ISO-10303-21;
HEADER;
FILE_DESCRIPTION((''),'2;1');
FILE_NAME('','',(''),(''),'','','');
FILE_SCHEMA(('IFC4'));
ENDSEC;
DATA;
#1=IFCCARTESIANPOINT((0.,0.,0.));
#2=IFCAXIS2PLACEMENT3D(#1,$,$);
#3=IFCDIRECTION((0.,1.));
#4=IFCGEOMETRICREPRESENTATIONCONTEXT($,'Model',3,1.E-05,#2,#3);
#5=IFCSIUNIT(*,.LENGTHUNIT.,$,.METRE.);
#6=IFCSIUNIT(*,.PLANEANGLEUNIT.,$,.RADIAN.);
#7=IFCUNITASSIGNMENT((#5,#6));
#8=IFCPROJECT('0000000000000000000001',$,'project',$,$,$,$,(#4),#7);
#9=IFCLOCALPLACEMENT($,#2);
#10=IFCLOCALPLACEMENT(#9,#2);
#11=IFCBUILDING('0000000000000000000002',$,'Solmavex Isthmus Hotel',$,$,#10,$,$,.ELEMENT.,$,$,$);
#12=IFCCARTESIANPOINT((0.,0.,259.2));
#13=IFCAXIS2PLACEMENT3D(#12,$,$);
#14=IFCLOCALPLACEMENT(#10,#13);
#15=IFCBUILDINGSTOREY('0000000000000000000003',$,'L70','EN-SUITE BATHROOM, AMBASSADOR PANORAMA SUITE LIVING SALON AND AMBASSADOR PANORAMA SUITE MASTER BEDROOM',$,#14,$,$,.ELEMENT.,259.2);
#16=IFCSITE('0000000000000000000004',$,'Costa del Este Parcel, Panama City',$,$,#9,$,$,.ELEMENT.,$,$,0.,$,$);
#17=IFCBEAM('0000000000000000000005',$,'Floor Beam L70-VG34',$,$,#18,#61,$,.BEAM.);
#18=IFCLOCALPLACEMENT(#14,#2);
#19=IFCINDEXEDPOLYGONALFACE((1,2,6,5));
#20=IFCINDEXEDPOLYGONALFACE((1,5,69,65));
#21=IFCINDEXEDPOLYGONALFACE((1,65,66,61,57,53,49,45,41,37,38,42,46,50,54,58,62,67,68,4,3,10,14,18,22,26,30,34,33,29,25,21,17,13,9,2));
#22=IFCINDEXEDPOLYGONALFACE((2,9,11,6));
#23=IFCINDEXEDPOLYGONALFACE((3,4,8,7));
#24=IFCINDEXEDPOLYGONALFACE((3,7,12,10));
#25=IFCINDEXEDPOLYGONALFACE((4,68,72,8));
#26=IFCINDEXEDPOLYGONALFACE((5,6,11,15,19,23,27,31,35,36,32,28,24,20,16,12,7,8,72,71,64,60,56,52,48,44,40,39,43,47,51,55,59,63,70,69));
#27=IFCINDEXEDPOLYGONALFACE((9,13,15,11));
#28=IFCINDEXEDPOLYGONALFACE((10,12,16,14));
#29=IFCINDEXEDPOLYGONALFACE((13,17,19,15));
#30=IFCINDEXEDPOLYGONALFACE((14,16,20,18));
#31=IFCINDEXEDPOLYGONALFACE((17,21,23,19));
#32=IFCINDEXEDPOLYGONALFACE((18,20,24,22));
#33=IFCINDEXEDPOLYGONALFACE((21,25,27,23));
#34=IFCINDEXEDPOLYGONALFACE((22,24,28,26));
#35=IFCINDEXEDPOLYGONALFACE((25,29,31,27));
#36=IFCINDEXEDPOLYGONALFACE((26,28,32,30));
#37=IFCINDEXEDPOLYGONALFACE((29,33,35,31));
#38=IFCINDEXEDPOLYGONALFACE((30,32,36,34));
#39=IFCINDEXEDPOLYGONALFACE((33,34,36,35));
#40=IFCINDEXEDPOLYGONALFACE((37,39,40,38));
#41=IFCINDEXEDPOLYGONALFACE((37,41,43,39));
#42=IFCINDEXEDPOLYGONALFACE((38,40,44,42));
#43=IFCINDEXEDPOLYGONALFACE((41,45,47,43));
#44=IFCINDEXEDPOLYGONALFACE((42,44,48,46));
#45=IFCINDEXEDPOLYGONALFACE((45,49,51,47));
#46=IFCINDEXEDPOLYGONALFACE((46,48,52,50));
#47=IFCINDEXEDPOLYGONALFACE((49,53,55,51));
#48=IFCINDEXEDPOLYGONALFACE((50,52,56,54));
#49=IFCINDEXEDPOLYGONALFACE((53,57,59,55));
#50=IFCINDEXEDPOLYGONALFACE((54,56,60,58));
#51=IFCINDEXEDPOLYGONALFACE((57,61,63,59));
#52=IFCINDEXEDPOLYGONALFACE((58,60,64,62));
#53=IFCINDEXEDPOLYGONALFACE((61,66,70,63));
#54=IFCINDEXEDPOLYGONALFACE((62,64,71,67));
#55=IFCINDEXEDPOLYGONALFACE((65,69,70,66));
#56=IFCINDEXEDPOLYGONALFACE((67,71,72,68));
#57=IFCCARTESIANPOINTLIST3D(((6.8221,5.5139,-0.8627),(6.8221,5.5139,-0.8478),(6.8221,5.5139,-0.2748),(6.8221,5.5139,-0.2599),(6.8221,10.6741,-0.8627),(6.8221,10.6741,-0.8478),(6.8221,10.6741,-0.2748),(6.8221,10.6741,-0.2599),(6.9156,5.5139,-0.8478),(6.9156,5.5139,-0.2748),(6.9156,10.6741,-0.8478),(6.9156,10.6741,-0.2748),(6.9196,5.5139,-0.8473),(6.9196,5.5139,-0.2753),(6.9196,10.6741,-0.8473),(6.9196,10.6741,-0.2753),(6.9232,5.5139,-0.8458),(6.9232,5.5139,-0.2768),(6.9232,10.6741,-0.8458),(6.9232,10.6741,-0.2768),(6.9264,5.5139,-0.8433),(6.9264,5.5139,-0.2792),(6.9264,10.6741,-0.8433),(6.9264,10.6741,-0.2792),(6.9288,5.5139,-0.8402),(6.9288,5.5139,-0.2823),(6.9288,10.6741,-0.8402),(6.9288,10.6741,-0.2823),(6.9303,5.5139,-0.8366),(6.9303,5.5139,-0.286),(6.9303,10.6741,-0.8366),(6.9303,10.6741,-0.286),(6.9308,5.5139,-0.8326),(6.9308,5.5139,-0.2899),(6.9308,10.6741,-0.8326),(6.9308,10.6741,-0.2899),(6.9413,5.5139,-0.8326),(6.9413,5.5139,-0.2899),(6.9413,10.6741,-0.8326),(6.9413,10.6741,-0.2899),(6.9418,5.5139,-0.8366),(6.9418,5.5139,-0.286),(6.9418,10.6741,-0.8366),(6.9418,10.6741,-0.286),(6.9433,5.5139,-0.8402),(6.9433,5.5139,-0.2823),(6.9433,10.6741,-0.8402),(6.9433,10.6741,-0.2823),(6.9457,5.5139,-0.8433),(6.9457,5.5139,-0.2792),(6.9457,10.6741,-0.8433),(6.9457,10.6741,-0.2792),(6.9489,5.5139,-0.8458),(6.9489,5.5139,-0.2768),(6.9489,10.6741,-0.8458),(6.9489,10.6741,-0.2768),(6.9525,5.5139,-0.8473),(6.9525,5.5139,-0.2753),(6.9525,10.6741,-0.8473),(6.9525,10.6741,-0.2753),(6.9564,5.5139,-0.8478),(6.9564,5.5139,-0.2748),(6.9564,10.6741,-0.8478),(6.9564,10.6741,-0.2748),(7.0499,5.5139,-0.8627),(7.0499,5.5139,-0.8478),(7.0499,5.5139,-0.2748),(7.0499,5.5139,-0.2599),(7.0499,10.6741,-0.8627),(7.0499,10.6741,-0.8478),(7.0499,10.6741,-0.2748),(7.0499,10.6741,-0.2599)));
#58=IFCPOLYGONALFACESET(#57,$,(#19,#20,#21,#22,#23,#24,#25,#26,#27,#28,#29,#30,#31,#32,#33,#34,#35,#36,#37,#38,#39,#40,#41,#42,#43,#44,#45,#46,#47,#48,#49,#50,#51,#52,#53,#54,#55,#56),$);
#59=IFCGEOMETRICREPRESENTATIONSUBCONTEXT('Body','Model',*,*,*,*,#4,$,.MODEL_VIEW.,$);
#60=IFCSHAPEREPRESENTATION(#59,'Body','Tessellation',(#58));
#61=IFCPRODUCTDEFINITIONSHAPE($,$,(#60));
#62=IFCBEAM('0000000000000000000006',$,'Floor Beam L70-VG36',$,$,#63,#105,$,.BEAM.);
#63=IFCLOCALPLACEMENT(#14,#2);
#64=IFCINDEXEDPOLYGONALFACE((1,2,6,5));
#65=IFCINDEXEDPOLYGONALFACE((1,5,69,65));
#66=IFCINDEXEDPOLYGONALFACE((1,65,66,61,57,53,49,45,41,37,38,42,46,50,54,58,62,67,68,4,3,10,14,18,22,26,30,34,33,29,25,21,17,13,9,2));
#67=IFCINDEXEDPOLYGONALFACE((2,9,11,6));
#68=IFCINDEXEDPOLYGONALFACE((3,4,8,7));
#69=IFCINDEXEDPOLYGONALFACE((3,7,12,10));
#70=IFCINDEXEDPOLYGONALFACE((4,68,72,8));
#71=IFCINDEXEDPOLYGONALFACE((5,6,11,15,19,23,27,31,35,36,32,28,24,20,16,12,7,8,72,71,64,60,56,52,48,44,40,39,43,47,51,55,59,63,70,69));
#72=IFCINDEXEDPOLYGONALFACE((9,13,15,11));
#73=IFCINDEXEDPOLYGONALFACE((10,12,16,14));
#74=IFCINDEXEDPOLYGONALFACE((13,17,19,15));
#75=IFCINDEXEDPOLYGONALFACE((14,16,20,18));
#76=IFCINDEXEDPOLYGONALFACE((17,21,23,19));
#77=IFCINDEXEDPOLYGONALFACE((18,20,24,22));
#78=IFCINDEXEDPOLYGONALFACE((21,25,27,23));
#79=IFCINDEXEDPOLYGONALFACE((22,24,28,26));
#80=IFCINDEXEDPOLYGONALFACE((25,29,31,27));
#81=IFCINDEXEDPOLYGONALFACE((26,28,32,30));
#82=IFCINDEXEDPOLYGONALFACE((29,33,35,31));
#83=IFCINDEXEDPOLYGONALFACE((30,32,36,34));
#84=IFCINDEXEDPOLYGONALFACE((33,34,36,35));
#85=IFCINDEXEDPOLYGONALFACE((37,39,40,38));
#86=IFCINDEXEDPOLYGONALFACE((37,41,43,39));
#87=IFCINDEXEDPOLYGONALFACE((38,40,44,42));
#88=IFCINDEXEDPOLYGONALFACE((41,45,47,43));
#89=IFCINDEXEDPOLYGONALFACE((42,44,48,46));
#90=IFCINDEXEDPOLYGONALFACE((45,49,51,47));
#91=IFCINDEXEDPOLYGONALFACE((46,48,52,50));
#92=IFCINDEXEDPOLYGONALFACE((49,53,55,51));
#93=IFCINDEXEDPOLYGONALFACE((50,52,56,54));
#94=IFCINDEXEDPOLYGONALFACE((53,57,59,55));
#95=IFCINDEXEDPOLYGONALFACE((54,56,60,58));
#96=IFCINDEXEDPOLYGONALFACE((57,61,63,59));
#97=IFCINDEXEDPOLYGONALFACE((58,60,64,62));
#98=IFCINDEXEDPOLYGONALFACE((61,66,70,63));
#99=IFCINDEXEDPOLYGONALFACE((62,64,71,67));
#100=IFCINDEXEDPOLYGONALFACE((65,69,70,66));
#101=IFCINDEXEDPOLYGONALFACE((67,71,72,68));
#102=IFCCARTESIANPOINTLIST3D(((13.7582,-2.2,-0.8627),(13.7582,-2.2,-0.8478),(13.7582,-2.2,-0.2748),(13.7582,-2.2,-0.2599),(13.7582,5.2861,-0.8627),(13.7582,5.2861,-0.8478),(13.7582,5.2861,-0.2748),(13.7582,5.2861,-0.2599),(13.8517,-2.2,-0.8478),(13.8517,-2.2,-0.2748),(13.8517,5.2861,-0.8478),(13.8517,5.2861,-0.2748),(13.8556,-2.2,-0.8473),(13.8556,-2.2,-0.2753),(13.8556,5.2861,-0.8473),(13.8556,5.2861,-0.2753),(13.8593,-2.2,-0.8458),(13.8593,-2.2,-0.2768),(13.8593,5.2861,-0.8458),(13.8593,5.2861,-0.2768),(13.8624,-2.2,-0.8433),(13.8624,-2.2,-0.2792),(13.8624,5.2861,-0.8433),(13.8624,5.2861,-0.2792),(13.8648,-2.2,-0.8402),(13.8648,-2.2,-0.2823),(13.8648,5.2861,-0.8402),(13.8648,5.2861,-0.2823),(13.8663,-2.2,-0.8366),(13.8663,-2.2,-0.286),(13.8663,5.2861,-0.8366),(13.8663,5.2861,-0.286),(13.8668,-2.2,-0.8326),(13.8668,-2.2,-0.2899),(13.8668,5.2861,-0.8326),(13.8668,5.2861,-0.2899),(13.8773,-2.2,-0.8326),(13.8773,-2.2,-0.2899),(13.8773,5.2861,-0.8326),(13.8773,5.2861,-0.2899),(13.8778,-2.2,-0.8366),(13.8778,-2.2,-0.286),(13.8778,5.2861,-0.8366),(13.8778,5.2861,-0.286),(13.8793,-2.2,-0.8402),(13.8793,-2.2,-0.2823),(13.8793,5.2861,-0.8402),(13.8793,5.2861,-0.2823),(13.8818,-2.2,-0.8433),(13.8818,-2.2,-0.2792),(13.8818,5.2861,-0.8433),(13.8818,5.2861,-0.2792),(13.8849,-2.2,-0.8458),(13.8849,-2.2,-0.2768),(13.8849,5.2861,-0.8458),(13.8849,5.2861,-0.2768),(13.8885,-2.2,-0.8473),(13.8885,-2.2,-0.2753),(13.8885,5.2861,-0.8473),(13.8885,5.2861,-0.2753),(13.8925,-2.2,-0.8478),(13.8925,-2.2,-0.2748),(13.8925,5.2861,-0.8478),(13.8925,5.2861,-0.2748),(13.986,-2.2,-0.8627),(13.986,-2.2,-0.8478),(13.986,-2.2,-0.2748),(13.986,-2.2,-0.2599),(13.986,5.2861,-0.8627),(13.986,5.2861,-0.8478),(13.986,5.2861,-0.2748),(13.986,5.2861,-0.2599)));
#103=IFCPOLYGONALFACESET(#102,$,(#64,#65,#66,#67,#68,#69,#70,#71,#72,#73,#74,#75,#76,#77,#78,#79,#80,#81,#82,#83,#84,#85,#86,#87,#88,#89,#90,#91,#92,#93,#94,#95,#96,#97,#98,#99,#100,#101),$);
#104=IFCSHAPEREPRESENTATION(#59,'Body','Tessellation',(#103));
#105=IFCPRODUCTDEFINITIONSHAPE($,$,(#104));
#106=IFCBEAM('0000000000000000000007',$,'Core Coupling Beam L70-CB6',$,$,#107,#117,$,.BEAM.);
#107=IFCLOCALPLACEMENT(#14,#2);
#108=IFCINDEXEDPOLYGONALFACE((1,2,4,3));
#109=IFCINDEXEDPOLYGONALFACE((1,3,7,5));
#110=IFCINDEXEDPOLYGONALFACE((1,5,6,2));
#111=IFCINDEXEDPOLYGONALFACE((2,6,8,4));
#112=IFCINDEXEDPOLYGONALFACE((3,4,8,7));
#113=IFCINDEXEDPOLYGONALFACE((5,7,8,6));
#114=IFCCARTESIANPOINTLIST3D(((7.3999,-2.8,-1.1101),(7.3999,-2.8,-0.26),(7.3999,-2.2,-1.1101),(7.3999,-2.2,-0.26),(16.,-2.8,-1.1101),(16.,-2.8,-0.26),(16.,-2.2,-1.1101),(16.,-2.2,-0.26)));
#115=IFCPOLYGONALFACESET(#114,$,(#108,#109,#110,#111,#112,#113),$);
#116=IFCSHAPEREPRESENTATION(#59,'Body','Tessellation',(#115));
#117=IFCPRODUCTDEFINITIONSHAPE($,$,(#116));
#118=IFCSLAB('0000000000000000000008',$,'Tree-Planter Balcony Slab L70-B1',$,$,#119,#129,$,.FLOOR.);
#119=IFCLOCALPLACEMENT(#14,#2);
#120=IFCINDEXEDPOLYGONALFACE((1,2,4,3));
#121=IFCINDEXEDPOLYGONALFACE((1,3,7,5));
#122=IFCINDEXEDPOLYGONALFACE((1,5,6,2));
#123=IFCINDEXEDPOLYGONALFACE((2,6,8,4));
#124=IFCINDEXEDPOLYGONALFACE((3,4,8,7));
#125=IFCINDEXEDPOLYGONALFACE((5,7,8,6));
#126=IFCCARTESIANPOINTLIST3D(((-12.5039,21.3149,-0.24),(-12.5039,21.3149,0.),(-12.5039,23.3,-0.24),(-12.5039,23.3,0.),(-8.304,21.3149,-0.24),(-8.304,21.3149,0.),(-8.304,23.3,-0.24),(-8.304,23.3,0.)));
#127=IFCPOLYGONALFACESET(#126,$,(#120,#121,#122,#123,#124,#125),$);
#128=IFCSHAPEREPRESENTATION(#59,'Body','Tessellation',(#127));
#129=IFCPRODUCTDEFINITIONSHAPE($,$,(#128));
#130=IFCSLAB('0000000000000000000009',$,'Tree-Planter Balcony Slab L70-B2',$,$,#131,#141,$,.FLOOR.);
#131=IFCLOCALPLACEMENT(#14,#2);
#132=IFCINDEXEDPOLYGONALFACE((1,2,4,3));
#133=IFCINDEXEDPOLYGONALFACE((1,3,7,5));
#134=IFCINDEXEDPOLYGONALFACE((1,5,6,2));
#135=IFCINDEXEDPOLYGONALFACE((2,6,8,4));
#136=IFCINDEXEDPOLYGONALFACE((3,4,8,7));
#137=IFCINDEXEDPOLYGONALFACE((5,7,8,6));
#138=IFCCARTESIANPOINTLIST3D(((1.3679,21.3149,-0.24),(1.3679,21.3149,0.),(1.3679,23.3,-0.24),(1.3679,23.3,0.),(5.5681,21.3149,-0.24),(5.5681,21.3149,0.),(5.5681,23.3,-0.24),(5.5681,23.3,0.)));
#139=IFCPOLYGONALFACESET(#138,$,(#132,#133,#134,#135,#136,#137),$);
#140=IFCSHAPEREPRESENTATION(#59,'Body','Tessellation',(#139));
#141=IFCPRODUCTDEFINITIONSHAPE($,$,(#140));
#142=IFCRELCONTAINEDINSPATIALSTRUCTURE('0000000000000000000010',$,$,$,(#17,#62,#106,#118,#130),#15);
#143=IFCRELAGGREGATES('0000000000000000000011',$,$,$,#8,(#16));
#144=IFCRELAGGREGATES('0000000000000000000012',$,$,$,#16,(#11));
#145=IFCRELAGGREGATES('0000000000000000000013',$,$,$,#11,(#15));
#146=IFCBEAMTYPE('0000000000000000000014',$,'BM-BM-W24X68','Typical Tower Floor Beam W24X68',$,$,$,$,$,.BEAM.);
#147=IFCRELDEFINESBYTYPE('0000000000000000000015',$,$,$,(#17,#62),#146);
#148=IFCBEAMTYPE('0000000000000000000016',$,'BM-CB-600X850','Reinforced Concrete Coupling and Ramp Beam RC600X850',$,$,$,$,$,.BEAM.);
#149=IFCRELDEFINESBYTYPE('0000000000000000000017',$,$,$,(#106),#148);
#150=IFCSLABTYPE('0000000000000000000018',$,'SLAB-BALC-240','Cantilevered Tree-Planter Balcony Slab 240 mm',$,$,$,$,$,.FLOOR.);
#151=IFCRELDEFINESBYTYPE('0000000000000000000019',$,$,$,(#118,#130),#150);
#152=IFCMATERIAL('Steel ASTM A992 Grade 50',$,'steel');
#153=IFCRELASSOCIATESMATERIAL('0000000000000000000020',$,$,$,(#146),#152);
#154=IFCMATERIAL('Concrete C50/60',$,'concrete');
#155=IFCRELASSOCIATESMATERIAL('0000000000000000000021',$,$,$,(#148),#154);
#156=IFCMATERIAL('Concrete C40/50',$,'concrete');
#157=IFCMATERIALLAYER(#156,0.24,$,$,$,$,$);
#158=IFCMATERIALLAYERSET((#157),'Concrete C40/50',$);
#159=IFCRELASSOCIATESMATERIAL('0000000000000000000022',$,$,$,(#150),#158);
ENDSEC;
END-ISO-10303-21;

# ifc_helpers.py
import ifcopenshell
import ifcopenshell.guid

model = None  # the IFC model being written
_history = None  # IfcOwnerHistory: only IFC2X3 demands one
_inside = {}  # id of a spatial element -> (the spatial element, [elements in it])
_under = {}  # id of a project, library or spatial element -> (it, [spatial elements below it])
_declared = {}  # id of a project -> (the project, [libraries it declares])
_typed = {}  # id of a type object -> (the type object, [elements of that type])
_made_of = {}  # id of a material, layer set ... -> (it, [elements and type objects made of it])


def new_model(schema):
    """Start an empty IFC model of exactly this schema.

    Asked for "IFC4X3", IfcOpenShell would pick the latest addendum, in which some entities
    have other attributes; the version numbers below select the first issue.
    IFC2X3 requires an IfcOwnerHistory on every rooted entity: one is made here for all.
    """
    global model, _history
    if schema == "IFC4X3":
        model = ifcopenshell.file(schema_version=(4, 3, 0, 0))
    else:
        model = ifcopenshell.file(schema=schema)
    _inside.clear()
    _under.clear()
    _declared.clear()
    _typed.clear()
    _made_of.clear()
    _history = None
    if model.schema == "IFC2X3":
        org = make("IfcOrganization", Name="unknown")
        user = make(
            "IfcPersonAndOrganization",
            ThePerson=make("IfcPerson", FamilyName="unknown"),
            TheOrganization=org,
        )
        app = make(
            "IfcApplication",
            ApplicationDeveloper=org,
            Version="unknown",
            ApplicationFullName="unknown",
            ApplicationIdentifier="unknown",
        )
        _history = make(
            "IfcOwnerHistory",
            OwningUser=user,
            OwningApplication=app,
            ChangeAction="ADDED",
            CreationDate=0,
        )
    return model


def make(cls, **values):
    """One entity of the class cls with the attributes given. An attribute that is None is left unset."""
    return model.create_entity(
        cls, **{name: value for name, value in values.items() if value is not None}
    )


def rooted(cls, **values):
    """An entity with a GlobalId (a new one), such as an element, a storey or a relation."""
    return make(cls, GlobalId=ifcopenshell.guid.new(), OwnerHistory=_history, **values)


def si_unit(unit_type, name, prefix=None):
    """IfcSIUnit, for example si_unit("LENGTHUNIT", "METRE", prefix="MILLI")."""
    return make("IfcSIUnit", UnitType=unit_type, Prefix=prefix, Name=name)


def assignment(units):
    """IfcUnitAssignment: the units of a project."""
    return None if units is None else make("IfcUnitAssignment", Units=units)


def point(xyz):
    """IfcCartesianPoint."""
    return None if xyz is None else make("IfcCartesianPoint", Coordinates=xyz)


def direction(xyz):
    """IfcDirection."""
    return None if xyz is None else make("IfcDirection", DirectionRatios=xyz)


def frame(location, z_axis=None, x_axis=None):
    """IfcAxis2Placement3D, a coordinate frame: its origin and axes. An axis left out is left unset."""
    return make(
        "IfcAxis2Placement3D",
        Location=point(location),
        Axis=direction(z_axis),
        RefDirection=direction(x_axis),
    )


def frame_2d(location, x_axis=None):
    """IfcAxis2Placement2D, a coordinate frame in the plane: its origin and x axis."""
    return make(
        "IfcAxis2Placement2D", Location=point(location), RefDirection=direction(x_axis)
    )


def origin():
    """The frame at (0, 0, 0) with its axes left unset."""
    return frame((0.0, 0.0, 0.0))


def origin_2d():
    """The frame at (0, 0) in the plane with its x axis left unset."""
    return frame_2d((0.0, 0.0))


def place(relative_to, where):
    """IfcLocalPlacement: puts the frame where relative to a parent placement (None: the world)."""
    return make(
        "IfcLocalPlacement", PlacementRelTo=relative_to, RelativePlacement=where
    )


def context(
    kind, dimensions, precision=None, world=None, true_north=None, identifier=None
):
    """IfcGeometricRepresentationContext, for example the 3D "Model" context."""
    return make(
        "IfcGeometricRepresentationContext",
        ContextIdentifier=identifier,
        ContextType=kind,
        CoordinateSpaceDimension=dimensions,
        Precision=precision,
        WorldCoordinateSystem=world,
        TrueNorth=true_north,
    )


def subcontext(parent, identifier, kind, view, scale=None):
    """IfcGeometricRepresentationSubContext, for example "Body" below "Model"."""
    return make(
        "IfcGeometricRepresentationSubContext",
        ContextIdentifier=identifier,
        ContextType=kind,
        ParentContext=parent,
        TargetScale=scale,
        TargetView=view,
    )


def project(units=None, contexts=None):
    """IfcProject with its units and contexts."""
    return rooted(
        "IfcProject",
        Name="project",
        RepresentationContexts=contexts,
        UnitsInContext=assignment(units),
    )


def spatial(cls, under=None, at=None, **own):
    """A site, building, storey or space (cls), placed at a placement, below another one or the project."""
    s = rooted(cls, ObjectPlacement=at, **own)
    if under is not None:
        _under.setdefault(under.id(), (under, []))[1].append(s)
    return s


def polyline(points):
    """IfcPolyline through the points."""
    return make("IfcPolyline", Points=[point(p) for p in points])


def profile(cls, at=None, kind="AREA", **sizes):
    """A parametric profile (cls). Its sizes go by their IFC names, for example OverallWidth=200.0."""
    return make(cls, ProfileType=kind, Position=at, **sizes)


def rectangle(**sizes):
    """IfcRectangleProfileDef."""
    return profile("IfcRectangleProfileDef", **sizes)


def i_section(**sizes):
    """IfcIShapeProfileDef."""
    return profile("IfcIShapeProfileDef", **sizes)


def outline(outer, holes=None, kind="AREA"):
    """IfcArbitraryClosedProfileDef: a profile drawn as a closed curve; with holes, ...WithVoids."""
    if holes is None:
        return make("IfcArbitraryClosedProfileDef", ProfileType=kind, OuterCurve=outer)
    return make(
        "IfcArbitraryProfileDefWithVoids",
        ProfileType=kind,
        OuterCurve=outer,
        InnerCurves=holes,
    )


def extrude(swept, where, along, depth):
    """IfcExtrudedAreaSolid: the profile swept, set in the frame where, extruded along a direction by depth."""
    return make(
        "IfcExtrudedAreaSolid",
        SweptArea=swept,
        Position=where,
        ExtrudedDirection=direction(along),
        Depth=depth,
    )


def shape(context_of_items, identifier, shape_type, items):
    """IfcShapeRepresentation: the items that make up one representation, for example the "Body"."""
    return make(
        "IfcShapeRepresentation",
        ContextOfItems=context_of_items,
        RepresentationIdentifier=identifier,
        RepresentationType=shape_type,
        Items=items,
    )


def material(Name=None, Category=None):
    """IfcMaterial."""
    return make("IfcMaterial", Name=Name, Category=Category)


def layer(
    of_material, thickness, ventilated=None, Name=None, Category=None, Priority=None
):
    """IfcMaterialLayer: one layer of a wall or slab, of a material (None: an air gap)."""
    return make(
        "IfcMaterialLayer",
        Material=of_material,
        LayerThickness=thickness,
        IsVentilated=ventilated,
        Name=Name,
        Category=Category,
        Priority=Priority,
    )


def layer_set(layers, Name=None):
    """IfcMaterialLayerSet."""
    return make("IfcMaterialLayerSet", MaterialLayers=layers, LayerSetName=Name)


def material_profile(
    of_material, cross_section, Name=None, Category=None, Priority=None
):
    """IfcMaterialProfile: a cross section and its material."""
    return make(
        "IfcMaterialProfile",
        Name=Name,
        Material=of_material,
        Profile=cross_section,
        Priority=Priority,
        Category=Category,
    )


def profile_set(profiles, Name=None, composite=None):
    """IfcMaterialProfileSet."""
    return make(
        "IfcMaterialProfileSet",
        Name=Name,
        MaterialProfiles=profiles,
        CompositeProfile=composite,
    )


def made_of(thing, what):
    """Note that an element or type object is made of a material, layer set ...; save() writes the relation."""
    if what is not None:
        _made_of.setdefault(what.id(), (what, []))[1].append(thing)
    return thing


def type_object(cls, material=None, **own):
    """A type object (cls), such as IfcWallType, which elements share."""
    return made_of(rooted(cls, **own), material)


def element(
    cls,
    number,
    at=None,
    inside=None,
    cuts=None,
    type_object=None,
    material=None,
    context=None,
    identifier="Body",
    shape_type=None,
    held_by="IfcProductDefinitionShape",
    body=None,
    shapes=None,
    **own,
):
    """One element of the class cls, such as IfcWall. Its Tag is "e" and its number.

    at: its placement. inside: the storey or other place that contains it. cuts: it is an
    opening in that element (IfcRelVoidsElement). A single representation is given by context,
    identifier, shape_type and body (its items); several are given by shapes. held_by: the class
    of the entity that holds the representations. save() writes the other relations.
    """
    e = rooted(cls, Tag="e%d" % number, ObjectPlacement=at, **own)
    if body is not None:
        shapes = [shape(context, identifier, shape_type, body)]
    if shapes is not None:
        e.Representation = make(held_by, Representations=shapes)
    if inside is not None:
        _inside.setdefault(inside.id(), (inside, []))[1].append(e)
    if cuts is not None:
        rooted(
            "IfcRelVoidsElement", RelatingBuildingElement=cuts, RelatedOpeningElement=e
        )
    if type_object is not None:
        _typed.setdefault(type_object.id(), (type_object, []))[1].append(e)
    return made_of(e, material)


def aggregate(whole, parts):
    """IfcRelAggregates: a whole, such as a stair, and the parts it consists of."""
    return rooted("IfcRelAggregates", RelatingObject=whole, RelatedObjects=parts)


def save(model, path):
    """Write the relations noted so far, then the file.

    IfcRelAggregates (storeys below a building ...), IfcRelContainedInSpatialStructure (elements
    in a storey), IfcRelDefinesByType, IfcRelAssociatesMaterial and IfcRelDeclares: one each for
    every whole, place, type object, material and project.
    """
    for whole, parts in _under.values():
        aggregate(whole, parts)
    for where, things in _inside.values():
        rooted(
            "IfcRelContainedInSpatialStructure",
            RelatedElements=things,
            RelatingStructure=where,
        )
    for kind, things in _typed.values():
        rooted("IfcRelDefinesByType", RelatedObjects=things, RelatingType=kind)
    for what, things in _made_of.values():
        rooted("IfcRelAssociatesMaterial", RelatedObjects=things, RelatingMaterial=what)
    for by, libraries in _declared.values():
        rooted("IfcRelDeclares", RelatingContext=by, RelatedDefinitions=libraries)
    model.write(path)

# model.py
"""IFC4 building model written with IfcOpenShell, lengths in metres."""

from ifc_helpers import new_model, si_unit, direction, frame, origin, origin_2d, place, context, subcontext, project, spatial, polyline, rectangle, i_section, outline, extrude, material, layer, layer_set, material_profile, profile_set, type_object, element, save


model = new_model("IFC4")

# Units and contexts
model_context = context("Model", 3, precision=1e-05, world=origin(), true_north=direction((0.0, 1.0)))
body_context = subcontext(model_context, "Body", "Model", "MODEL_VIEW")
ifc_project = project(units=[si_unit("LENGTHUNIT", "METRE"), si_unit("PLANEANGLEUNIT", "RADIAN")], contexts=[model_context])

# Site, building, storey
site_placement = place(None, origin())
site = spatial("IfcSite", under=ifc_project, at=site_placement, Name="Costa del Este Parcel, Panama City", CompositionType="ELEMENT", RefElevation=0.0)
building_placement = place(site_placement, origin())
building = spatial("IfcBuilding", under=site, at=building_placement, Name="Solmavex Isthmus Hotel", CompositionType="ELEMENT")
storey_placement = place(building_placement, frame((0.0, 0.0, 259.2)))
storey = spatial("IfcBuildingStorey", under=building, at=storey_placement, Name="L70", Description="EN-SUITE BATHROOM, AMBASSADOR PANORAMA SUITE LIVING SALON AND AMBASSADOR PANORAMA SUITE MASTER BEDROOM", CompositionType="ELEMENT", Elevation=259.2)

# Shared definitions
ifc_material_1 = material(Name="Concrete C50/60", Category="concrete")

# Beams
ifc_material_2 = material(Name="Steel ASTM A992 Grade 50", Category="steel")
ifc_material_profile_1 = material_profile(ifc_material_2, i_section(OverallWidth=0.2278, OverallDepth=0.6028, WebThickness=0.0105, FlangeThickness=0.0149, FilletRadius=0.0151, at=origin_2d()), Name="W24X68")
ifc_profile_set_1 = profile_set([ifc_material_profile_1], Name="Steel ASTM A992 Grade 50")
beam_type_1 = type_object("IfcBeamType", Name="BM-BM-W24X68", Description="Typical Tower Floor Beam W24X68", PredefinedType="BEAM", material=ifc_profile_set_1)
beam_1_placement = place(storey_placement, frame((6.936, 5.5139, -0.5613), z_axis=(0.0, 1.0, 0.0), x_axis=(-1.0, 0.0, 0.0)))
element("IfcBeam", 1, at=beam_1_placement, inside=storey, type_object=beam_type_1, Name="Floor Beam L70-VG34", PredefinedType="BEAM", context=body_context, shape_type="SweptSolid", body=[
    extrude(i_section(OverallWidth=0.2278, OverallDepth=0.6028, WebThickness=0.0105, FlangeThickness=0.0149, FilletRadius=0.0151, at=origin_2d()), origin(), (0.0, 0.0, 1.0), 5.1602),
])
beam_2_placement = place(storey_placement, frame((13.8721, -2.2, -0.5613), z_axis=(0.0, 1.0, 0.0), x_axis=(-1.0, 0.0, 0.0)))
element("IfcBeam", 2, at=beam_2_placement, inside=storey, type_object=beam_type_1, Name="Floor Beam L70-VG36", PredefinedType="BEAM", context=body_context, shape_type="SweptSolid", body=[
    extrude(i_section(OverallWidth=0.2278, OverallDepth=0.6028, WebThickness=0.0105, FlangeThickness=0.0149, FilletRadius=0.0151, at=origin_2d()), origin(), (0.0, 0.0, 1.0), 7.4861),
])
ifc_material_profile_2 = material_profile(ifc_material_1, rectangle(XDim=0.6001, YDim=0.8501, at=origin_2d()), Name="RC600X850")
ifc_profile_set_2 = profile_set([ifc_material_profile_2], Name="Concrete C50/60")
beam_type_2 = type_object("IfcBeamType", Name="BM-CB-600X850", Description="Reinforced Concrete Coupling and Ramp Beam RC600X850", PredefinedType="BEAM", material=ifc_profile_set_2)
beam_3_placement = place(storey_placement, frame((7.3999, -2.5, -0.6851), z_axis=(1.0, 0.0, 0.0), x_axis=(0.0, 1.0, 0.0)))
element("IfcBeam", 3, at=beam_3_placement, inside=storey, type_object=beam_type_2, Name="Core Coupling Beam L70-CB6", PredefinedType="BEAM", context=body_context, shape_type="SweptSolid", body=[
    extrude(rectangle(XDim=0.6001, YDim=0.8501, at=origin_2d()), origin(), (0.0, 0.0, 1.0), 8.6001),
])

# Slabs
ifc_material_3 = material(Name="Concrete C40/50", Category="concrete")
ifc_layer_1 = layer(ifc_material_3, 0.24)
ifc_layer_set_1 = layer_set([ifc_layer_1], Name="Concrete C40/50")
slab_type_1 = type_object("IfcSlabType", Name="SLAB-BALC-240", Description="Cantilevered Tree-Planter Balcony Slab 240 mm", PredefinedType="FLOOR", material=ifc_layer_set_1)
slab_1_placement = place(storey_placement, frame((0.0, 0.0, -0.24)))
element("IfcSlab", 4, at=slab_1_placement, inside=storey, type_object=slab_type_1, Name="Tree-Planter Balcony Slab L70-B1", PredefinedType="FLOOR", context=body_context, shape_type="SweptSolid", body=[
    extrude(outline(polyline([(-12.5039, 21.3149), (-8.304, 21.3149), (-8.304, 23.3), (-12.5039, 23.3), (-12.5039, 21.3149)])), origin(), (0.0, 0.0, 1.0), 0.24),
])
slab_2_placement = place(storey_placement, frame((0.0, 0.0, -0.24)))
element("IfcSlab", 5, at=slab_2_placement, inside=storey, type_object=slab_type_1, Name="Tree-Planter Balcony Slab L70-B2", PredefinedType="FLOOR", context=body_context, shape_type="SweptSolid", body=[
    extrude(outline(polyline([(1.3679, 21.3149), (5.5681, 21.3149), (5.5681, 23.3), (1.3679, 23.3), (1.3679, 21.3149)])), origin(), (0.0, 0.0, 1.0), 0.24),
])

save(model, "model.ifc")
